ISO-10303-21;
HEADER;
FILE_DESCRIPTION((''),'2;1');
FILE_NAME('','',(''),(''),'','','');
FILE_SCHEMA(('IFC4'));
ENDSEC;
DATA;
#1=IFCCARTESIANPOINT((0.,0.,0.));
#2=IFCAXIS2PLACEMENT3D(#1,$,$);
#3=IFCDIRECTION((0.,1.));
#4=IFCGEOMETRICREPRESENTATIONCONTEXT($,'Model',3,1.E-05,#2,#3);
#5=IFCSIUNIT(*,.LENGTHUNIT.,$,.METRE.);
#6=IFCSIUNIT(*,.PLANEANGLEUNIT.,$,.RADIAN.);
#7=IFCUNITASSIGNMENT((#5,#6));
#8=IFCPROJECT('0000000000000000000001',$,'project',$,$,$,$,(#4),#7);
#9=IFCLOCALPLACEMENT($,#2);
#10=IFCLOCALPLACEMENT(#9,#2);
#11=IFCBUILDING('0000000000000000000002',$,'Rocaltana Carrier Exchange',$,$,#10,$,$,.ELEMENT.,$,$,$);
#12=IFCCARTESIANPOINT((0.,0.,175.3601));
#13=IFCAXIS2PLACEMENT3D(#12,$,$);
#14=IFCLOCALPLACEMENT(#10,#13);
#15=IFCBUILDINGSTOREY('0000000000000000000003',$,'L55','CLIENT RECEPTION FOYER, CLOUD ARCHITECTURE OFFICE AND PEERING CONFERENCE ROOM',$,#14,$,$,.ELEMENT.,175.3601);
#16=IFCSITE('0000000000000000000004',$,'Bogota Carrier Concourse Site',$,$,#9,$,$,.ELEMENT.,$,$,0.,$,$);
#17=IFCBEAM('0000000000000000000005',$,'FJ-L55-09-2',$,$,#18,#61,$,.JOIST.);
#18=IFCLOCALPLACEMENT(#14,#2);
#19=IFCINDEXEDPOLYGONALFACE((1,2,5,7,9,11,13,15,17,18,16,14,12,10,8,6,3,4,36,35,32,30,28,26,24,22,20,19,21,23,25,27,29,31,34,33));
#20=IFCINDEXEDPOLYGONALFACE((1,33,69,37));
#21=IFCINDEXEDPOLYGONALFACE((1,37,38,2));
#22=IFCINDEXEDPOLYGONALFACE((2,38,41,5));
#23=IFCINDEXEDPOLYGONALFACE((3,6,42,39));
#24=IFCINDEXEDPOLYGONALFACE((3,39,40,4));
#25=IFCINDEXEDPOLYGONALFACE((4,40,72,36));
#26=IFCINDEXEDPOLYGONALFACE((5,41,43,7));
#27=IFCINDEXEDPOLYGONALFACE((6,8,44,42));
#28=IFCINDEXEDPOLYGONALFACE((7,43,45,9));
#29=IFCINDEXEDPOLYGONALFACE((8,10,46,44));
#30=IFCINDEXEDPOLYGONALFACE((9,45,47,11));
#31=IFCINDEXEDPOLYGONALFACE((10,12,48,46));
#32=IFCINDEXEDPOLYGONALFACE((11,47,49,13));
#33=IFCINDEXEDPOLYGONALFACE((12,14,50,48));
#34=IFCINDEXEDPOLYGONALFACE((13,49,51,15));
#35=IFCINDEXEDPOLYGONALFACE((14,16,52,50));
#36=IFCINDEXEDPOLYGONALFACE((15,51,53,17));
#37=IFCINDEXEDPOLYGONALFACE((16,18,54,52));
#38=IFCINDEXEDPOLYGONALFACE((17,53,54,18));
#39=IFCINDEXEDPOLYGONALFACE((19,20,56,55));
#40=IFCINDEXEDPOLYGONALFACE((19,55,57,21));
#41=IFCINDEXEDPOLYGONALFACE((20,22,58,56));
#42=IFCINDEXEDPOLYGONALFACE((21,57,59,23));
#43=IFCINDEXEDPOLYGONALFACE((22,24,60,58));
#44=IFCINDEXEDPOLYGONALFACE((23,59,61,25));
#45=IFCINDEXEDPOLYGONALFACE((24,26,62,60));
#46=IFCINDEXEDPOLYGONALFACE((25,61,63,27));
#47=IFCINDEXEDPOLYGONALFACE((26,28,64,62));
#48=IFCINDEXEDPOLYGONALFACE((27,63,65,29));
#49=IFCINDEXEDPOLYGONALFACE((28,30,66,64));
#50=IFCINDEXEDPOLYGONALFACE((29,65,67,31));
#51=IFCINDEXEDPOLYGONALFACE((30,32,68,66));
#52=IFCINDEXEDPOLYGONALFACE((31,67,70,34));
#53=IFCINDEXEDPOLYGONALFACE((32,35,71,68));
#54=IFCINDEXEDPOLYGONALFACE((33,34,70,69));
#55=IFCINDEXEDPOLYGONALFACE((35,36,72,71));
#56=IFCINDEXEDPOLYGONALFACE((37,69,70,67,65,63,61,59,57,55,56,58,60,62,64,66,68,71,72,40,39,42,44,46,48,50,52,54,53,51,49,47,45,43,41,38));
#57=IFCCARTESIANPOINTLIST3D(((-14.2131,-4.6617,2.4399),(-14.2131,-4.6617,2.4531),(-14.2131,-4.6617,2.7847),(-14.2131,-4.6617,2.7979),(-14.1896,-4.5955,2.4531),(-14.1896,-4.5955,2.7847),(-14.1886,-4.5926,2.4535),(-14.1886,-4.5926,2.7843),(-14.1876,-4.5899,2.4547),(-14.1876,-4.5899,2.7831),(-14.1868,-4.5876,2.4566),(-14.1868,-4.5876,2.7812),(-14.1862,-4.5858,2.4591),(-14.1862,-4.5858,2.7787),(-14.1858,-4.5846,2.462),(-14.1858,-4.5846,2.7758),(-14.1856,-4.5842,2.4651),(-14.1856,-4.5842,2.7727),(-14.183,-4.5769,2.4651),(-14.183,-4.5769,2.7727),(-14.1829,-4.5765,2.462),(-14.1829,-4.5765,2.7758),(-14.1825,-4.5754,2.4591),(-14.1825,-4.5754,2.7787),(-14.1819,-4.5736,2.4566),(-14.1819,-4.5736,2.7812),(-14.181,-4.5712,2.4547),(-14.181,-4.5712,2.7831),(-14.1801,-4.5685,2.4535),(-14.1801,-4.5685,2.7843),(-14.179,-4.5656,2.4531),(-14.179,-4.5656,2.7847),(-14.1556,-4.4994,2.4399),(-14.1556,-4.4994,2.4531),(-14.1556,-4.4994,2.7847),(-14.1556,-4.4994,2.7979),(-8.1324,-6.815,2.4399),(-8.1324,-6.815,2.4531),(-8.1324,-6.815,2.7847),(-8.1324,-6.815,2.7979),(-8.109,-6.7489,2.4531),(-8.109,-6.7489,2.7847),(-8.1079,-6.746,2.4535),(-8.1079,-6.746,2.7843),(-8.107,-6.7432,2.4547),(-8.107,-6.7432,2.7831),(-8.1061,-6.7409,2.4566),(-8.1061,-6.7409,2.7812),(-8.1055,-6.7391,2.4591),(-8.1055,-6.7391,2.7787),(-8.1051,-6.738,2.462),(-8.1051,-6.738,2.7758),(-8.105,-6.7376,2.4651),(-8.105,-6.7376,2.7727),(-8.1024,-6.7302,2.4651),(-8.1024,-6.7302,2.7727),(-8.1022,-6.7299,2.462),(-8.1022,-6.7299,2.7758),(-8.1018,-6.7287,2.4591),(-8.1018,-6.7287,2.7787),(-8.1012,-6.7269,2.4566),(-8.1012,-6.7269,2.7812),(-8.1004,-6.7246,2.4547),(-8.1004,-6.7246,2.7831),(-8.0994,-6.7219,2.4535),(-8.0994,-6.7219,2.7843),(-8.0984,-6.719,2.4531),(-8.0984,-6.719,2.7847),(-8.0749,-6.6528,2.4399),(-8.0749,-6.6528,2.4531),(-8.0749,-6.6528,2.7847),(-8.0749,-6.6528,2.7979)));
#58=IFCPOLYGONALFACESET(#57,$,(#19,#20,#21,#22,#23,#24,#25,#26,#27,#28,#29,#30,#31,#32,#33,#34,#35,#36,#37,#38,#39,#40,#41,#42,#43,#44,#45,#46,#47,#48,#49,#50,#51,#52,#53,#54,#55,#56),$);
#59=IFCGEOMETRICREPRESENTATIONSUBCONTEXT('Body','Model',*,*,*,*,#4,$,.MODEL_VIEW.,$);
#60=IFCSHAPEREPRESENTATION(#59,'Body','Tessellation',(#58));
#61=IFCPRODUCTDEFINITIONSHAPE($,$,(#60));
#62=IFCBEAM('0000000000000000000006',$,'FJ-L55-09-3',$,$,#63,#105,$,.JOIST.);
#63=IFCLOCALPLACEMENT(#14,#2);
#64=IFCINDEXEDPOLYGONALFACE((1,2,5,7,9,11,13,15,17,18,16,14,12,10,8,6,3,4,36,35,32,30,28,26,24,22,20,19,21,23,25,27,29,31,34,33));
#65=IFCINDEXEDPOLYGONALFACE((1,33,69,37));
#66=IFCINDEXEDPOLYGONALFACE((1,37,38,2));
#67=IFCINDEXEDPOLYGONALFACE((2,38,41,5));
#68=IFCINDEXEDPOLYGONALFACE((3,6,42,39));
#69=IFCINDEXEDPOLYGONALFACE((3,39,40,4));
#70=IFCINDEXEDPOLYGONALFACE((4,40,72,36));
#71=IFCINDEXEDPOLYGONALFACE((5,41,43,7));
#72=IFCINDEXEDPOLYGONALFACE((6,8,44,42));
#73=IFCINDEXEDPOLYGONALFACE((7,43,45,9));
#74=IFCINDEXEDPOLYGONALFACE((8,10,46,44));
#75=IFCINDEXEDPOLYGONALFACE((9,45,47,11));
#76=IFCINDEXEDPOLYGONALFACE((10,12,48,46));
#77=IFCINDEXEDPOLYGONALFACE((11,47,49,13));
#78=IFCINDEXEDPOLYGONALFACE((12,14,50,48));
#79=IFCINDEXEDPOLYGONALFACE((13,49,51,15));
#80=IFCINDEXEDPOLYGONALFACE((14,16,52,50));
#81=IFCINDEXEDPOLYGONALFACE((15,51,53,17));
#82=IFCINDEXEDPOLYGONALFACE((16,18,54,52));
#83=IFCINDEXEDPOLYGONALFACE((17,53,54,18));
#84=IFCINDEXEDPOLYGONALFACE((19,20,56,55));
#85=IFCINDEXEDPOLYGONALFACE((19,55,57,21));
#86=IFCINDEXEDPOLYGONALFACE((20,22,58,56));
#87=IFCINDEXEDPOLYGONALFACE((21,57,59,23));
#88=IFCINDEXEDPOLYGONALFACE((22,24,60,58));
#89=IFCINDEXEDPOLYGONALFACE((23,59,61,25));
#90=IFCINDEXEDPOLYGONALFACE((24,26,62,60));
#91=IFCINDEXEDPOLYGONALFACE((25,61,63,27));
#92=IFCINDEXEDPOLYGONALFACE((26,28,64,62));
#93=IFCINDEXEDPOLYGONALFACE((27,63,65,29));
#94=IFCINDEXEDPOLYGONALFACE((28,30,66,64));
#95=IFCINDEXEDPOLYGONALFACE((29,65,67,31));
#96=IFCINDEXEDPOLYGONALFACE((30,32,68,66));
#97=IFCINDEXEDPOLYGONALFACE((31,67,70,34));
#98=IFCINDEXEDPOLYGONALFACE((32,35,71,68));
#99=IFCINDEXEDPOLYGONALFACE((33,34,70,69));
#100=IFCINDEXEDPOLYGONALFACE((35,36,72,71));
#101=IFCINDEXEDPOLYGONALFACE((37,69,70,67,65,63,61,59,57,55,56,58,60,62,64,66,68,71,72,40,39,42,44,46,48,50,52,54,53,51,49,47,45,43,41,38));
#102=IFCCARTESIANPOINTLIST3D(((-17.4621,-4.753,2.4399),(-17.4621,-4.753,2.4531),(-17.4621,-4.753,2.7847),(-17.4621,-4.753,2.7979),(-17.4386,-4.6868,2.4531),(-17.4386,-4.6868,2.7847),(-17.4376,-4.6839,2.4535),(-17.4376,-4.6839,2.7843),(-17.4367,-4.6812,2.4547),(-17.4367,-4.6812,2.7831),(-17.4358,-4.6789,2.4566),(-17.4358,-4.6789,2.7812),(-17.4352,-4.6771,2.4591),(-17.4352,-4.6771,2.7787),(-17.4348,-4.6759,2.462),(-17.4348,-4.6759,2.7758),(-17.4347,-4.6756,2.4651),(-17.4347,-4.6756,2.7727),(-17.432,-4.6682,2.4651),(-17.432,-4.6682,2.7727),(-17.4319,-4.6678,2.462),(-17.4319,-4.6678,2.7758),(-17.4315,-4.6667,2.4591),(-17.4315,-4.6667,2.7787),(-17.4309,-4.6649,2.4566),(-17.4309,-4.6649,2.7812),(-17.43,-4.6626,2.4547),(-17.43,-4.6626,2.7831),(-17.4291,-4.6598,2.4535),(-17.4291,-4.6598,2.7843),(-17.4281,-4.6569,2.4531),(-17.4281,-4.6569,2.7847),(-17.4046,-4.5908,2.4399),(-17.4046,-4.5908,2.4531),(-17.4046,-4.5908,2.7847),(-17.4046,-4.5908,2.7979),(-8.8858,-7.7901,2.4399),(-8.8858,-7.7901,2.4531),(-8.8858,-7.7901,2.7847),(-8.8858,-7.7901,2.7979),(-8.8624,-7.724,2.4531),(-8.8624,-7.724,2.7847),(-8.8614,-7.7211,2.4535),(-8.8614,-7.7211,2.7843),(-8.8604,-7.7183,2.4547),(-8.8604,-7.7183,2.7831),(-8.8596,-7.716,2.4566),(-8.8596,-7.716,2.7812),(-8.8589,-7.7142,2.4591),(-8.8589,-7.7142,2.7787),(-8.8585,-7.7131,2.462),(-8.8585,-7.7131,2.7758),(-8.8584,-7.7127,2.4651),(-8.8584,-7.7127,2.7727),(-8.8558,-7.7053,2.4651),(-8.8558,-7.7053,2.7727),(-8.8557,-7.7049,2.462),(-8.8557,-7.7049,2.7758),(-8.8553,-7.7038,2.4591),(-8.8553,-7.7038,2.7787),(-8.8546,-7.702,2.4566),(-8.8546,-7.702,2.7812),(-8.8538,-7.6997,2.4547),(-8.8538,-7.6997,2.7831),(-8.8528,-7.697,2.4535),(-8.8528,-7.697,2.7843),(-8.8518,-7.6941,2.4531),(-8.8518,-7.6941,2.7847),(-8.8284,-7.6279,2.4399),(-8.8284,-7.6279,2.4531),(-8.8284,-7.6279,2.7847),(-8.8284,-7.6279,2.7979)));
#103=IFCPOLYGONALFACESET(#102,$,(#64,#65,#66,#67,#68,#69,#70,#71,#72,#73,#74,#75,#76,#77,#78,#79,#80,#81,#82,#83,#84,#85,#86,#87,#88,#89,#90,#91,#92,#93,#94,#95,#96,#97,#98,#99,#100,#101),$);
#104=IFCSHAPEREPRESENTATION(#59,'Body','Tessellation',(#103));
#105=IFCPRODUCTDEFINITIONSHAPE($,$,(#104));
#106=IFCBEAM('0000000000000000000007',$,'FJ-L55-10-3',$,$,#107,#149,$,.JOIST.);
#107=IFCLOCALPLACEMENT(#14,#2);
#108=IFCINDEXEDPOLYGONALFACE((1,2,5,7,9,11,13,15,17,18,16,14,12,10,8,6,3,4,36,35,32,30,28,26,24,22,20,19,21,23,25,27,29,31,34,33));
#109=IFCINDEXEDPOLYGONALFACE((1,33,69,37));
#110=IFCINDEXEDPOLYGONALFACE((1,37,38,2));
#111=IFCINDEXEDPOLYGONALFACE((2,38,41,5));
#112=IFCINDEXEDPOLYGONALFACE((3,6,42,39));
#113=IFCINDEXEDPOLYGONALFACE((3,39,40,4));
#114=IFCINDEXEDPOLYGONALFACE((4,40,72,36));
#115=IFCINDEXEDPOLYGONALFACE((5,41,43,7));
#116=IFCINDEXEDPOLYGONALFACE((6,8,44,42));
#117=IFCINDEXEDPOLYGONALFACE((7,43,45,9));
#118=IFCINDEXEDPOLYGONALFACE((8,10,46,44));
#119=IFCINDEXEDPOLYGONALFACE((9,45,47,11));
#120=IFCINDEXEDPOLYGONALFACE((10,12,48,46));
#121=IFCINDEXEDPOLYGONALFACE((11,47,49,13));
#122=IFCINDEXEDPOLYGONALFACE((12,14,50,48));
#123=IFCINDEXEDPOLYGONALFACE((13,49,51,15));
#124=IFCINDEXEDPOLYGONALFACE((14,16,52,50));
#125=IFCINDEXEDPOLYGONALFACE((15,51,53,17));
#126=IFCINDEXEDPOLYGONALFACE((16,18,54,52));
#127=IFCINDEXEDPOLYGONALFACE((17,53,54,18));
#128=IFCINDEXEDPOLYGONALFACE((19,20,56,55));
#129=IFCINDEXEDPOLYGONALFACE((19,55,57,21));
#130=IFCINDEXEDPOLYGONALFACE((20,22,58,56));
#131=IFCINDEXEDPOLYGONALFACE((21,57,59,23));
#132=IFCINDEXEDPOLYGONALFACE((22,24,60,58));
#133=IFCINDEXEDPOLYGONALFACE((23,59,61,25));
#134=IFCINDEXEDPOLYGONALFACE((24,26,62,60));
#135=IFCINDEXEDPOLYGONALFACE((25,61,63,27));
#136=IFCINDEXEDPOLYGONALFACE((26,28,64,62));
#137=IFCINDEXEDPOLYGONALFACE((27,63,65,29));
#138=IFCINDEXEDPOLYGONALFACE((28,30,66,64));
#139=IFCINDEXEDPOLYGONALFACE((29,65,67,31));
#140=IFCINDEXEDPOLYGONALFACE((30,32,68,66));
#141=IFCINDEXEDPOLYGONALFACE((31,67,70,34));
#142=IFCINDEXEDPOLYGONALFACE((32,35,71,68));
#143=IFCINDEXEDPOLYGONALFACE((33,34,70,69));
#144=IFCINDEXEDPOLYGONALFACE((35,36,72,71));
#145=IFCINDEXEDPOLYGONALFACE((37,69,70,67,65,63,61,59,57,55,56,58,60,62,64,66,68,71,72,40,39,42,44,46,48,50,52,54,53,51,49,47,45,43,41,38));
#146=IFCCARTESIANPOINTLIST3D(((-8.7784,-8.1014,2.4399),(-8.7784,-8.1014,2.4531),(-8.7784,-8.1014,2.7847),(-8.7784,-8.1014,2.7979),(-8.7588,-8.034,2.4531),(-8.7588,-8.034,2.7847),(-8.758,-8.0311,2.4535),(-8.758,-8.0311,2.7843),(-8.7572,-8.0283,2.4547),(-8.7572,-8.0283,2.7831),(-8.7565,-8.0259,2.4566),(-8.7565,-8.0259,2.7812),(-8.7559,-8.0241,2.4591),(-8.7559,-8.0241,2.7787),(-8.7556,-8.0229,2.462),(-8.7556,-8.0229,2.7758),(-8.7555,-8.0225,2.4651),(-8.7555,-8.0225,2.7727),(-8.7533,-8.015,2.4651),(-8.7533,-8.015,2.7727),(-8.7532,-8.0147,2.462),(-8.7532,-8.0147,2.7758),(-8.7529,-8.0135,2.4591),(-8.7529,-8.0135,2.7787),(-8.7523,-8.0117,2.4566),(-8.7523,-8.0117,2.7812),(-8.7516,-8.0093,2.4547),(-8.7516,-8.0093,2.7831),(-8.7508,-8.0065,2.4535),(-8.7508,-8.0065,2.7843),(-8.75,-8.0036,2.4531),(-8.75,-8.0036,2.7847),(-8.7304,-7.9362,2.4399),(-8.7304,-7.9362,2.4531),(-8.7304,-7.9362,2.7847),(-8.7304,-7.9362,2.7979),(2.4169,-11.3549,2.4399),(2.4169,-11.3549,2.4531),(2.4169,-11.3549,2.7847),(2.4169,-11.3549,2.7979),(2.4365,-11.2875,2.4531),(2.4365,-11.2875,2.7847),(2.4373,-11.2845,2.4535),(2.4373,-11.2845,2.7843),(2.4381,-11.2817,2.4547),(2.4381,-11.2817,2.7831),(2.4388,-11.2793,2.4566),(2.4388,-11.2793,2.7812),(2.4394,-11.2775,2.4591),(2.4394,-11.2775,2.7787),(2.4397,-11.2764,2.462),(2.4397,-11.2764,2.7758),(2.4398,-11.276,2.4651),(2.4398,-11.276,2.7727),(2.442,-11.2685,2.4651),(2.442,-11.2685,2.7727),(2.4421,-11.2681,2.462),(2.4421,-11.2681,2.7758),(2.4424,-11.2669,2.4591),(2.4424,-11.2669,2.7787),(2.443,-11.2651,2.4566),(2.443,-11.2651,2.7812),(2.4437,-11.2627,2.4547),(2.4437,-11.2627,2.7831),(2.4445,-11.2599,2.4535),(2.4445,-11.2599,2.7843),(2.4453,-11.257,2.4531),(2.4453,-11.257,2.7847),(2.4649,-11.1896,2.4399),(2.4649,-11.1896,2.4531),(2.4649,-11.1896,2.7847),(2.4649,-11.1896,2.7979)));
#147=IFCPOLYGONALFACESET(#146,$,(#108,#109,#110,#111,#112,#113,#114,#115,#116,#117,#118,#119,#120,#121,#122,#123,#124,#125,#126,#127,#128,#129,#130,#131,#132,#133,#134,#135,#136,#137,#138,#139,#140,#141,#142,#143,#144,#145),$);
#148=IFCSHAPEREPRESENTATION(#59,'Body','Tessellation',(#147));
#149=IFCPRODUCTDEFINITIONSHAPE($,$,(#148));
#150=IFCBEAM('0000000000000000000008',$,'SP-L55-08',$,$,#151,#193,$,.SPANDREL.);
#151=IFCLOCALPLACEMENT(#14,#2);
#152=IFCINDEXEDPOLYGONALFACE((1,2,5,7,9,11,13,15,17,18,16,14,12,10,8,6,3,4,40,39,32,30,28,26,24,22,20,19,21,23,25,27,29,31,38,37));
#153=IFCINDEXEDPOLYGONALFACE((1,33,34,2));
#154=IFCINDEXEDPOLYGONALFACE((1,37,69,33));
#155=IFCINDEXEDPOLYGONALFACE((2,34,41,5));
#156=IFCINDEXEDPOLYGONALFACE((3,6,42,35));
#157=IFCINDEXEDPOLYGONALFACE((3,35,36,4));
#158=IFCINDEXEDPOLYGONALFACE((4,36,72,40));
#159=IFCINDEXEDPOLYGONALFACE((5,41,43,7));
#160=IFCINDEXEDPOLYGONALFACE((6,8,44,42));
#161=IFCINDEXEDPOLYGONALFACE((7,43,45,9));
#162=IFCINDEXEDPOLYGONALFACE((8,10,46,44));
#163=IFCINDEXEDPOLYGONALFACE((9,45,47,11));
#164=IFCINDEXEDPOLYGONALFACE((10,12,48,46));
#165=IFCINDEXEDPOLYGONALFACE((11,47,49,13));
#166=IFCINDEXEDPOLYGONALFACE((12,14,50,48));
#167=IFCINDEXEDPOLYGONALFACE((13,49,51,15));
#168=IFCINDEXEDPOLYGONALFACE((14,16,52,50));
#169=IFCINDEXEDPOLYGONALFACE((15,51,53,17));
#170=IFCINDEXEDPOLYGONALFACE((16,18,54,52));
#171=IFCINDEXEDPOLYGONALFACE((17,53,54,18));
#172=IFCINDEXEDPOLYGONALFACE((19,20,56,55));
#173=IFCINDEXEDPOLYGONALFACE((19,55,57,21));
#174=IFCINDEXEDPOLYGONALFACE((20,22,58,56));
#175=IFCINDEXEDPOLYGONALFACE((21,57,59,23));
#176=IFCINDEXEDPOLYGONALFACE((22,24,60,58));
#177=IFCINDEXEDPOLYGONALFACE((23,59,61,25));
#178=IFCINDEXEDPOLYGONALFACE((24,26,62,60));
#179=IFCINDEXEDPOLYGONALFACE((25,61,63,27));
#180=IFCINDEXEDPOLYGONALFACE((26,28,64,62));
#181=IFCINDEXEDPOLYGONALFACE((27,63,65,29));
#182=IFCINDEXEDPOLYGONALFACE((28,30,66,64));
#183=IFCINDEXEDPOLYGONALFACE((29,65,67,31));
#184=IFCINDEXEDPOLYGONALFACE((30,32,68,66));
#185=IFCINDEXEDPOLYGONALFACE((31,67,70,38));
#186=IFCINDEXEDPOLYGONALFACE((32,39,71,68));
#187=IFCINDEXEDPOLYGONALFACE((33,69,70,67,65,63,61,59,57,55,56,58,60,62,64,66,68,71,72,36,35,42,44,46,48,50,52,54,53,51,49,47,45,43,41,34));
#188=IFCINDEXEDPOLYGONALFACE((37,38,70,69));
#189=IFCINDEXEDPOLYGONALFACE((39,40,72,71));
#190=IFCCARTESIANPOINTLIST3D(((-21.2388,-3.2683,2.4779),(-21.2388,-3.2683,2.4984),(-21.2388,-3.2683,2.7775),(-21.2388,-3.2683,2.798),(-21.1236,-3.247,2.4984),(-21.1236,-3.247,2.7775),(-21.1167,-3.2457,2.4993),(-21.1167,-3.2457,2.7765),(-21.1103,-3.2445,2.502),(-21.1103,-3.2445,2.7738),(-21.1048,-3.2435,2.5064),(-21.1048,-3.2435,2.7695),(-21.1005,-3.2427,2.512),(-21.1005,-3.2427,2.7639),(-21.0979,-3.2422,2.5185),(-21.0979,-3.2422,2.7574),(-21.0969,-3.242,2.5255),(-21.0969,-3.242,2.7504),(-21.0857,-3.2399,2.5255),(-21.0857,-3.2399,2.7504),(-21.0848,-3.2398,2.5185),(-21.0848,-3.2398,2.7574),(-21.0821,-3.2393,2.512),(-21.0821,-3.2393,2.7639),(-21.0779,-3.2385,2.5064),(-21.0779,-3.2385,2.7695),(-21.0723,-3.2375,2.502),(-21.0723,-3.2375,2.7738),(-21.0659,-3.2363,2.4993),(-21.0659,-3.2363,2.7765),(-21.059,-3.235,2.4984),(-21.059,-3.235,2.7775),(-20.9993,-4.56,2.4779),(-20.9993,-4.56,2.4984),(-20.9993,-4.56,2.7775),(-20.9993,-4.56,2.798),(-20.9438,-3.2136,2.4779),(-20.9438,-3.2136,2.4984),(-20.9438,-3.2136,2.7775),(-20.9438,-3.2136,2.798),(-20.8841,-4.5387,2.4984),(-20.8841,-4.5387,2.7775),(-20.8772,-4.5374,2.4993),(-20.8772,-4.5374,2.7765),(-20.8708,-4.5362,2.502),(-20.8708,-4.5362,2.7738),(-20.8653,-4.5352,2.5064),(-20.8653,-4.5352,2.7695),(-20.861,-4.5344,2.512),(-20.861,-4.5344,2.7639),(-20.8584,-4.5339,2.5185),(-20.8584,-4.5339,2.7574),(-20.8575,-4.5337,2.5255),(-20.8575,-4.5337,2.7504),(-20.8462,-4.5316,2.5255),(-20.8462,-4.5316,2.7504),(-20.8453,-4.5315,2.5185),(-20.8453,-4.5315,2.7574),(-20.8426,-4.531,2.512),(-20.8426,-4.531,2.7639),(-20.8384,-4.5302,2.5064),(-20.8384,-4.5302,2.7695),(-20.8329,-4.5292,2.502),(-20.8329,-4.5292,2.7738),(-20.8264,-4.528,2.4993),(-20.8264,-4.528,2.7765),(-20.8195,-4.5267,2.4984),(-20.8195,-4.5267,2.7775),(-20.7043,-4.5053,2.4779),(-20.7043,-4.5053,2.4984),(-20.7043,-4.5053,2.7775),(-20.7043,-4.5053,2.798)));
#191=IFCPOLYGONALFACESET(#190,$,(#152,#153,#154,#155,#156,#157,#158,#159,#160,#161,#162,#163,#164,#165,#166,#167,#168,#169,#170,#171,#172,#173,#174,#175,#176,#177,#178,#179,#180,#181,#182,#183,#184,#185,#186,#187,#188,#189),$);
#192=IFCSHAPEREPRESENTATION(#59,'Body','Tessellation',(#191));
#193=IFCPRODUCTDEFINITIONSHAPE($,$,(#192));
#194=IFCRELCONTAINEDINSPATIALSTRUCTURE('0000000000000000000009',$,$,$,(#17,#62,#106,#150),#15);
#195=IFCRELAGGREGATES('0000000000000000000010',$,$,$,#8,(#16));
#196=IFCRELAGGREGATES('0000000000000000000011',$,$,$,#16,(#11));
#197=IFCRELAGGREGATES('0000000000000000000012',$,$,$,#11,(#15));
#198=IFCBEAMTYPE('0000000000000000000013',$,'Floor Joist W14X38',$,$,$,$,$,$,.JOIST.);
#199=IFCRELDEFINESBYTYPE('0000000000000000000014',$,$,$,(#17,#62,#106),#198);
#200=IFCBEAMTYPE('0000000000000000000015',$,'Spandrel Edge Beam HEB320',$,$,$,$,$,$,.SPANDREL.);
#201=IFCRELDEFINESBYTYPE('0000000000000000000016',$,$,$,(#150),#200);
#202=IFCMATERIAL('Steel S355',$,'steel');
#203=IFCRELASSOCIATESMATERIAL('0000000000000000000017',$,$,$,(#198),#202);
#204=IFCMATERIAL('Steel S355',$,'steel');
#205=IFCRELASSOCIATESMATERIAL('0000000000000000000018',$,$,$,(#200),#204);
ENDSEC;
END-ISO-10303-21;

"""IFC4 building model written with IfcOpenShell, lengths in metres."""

from ifc_helpers import new_model, si_unit, direction, frame, origin, origin_2d, place, context, subcontext, project, spatial, i_section, extrude, material, material_profile, profile_set, type_object, element, save


model = new_model("IFC4")

# Units and contexts
model_context = context("Model", 3, precision=1e-05, world=origin(), true_north=direction((0.0, 1.0)))
body_context = subcontext(model_context, "Body", "Model", "MODEL_VIEW")
ifc_project = project(units=[si_unit("LENGTHUNIT", "METRE"), si_unit("PLANEANGLEUNIT", "RADIAN")], contexts=[model_context])

# Site, building, storey
site_placement = place(None, origin())
site = spatial("IfcSite", under=ifc_project, at=site_placement, Name="Bogota Carrier Concourse Site", CompositionType="ELEMENT", RefElevation=0.0)
building_placement = place(site_placement, origin())
building = spatial("IfcBuilding", under=site, at=building_placement, Name="Rocaltana Carrier Exchange", CompositionType="ELEMENT")
storey_placement = place(building_placement, frame((0.0, 0.0, 175.3601)))
storey = spatial("IfcBuildingStorey", under=building, at=storey_placement, Name="L55", Description="CLIENT RECEPTION FOYER, CLOUD ARCHITECTURE OFFICE AND PEERING CONFERENCE ROOM", CompositionType="ELEMENT", Elevation=175.3601)

# Beams
ifc_material_1 = material(Name="Steel S355", Category="steel")
ifc_material_profile_1 = material_profile(ifc_material_1, i_section(OverallWidth=0.1721, OverallDepth=0.3579, WebThickness=0.0078, FlangeThickness=0.0132, FilletRadius=0.012, at=origin_2d()), Name="W14X38")
ifc_profile_set_1 = profile_set([ifc_material_profile_1], Name="Steel S355")
beam_type_1 = type_object("IfcBeamType", Name="Floor Joist W14X38", PredefinedType="JOIST", material=ifc_profile_set_1)
beam_1_placement = place(storey_placement, frame((-14.1843, -4.5806, 2.6189), z_axis=(0.942638, -0.333818, 0.0), x_axis=(0.333818, 0.942638, 0.0)))
element("IfcBeam", 1, at=beam_1_placement, inside=storey, type_object=beam_type_1, Name="FJ-L55-09-2", PredefinedType="JOIST", context=body_context, shape_type="SweptSolid", body=[
    extrude(i_section(OverallWidth=0.1721, OverallDepth=0.3579, WebThickness=0.0078, FlangeThickness=0.0132, FilletRadius=0.012, at=origin_2d()), origin(), (0.0, 0.0, 1.0), 6.4507),
])
beam_2_placement = place(storey_placement, frame((-17.4333, -4.6719, 2.6189), z_axis=(0.942637, -0.333819, 0.0), x_axis=(0.333819, 0.942637, 0.0)))
element("IfcBeam", 2, at=beam_2_placement, inside=storey, type_object=beam_type_1, Name="FJ-L55-09-3", PredefinedType="JOIST", context=body_context, shape_type="SweptSolid", body=[
    extrude(i_section(OverallWidth=0.1721, OverallDepth=0.3579, WebThickness=0.0078, FlangeThickness=0.0132, FilletRadius=0.012, at=origin_2d()), origin(), (0.0, 0.0, 1.0), 9.0981),
])
beam_3_placement = place(storey_placement, frame((-8.7544, -8.0188, 2.6189), z_axis=(0.960273, -0.279061, 0.0), x_axis=(0.279061, 0.960273, 0.0)))
element("IfcBeam", 3, at=beam_3_placement, inside=storey, type_object=beam_type_1, Name="FJ-L55-10-3", PredefinedType="JOIST", context=body_context, shape_type="SweptSolid", body=[
    extrude(i_section(OverallWidth=0.1721, OverallDepth=0.3579, WebThickness=0.0078, FlangeThickness=0.0132, FilletRadius=0.012, at=origin_2d()), origin(), (0.0, 0.0, 1.0), 11.6584),
])
ifc_material_2 = material(Name="Steel S355", Category="steel")
ifc_material_profile_2 = material_profile(ifc_material_2, i_section(OverallWidth=0.3, OverallDepth=0.3201, WebThickness=0.0115, FlangeThickness=0.0205, FilletRadius=0.0271, at=origin_2d()), Name="HEB320")
ifc_profile_set_2 = profile_set([ifc_material_profile_2], Name="Steel S355")
beam_type_2 = type_object("IfcBeamType", Name="Spandrel Edge Beam HEB320", PredefinedType="SPANDREL", material=ifc_profile_set_2)
beam_4_placement = place(storey_placement, frame((-21.0913, -3.241, 2.6379), z_axis=(0.182302, -0.983243, 0.0), x_axis=(0.983243, 0.182302, 0.0)))
element("IfcBeam", 4, at=beam_4_placement, inside=storey, type_object=beam_type_2, Name="SP-L55-08", PredefinedType="SPANDREL", context=body_context, shape_type="SweptSolid", body=[
    extrude(i_section(OverallWidth=0.3, OverallDepth=0.3201, WebThickness=0.0115, FlangeThickness=0.0205, FilletRadius=0.0271, at=origin_2d()), origin(), (0.0, 0.0, 1.0), 1.3137),
])

save(model, "model.ifc")
